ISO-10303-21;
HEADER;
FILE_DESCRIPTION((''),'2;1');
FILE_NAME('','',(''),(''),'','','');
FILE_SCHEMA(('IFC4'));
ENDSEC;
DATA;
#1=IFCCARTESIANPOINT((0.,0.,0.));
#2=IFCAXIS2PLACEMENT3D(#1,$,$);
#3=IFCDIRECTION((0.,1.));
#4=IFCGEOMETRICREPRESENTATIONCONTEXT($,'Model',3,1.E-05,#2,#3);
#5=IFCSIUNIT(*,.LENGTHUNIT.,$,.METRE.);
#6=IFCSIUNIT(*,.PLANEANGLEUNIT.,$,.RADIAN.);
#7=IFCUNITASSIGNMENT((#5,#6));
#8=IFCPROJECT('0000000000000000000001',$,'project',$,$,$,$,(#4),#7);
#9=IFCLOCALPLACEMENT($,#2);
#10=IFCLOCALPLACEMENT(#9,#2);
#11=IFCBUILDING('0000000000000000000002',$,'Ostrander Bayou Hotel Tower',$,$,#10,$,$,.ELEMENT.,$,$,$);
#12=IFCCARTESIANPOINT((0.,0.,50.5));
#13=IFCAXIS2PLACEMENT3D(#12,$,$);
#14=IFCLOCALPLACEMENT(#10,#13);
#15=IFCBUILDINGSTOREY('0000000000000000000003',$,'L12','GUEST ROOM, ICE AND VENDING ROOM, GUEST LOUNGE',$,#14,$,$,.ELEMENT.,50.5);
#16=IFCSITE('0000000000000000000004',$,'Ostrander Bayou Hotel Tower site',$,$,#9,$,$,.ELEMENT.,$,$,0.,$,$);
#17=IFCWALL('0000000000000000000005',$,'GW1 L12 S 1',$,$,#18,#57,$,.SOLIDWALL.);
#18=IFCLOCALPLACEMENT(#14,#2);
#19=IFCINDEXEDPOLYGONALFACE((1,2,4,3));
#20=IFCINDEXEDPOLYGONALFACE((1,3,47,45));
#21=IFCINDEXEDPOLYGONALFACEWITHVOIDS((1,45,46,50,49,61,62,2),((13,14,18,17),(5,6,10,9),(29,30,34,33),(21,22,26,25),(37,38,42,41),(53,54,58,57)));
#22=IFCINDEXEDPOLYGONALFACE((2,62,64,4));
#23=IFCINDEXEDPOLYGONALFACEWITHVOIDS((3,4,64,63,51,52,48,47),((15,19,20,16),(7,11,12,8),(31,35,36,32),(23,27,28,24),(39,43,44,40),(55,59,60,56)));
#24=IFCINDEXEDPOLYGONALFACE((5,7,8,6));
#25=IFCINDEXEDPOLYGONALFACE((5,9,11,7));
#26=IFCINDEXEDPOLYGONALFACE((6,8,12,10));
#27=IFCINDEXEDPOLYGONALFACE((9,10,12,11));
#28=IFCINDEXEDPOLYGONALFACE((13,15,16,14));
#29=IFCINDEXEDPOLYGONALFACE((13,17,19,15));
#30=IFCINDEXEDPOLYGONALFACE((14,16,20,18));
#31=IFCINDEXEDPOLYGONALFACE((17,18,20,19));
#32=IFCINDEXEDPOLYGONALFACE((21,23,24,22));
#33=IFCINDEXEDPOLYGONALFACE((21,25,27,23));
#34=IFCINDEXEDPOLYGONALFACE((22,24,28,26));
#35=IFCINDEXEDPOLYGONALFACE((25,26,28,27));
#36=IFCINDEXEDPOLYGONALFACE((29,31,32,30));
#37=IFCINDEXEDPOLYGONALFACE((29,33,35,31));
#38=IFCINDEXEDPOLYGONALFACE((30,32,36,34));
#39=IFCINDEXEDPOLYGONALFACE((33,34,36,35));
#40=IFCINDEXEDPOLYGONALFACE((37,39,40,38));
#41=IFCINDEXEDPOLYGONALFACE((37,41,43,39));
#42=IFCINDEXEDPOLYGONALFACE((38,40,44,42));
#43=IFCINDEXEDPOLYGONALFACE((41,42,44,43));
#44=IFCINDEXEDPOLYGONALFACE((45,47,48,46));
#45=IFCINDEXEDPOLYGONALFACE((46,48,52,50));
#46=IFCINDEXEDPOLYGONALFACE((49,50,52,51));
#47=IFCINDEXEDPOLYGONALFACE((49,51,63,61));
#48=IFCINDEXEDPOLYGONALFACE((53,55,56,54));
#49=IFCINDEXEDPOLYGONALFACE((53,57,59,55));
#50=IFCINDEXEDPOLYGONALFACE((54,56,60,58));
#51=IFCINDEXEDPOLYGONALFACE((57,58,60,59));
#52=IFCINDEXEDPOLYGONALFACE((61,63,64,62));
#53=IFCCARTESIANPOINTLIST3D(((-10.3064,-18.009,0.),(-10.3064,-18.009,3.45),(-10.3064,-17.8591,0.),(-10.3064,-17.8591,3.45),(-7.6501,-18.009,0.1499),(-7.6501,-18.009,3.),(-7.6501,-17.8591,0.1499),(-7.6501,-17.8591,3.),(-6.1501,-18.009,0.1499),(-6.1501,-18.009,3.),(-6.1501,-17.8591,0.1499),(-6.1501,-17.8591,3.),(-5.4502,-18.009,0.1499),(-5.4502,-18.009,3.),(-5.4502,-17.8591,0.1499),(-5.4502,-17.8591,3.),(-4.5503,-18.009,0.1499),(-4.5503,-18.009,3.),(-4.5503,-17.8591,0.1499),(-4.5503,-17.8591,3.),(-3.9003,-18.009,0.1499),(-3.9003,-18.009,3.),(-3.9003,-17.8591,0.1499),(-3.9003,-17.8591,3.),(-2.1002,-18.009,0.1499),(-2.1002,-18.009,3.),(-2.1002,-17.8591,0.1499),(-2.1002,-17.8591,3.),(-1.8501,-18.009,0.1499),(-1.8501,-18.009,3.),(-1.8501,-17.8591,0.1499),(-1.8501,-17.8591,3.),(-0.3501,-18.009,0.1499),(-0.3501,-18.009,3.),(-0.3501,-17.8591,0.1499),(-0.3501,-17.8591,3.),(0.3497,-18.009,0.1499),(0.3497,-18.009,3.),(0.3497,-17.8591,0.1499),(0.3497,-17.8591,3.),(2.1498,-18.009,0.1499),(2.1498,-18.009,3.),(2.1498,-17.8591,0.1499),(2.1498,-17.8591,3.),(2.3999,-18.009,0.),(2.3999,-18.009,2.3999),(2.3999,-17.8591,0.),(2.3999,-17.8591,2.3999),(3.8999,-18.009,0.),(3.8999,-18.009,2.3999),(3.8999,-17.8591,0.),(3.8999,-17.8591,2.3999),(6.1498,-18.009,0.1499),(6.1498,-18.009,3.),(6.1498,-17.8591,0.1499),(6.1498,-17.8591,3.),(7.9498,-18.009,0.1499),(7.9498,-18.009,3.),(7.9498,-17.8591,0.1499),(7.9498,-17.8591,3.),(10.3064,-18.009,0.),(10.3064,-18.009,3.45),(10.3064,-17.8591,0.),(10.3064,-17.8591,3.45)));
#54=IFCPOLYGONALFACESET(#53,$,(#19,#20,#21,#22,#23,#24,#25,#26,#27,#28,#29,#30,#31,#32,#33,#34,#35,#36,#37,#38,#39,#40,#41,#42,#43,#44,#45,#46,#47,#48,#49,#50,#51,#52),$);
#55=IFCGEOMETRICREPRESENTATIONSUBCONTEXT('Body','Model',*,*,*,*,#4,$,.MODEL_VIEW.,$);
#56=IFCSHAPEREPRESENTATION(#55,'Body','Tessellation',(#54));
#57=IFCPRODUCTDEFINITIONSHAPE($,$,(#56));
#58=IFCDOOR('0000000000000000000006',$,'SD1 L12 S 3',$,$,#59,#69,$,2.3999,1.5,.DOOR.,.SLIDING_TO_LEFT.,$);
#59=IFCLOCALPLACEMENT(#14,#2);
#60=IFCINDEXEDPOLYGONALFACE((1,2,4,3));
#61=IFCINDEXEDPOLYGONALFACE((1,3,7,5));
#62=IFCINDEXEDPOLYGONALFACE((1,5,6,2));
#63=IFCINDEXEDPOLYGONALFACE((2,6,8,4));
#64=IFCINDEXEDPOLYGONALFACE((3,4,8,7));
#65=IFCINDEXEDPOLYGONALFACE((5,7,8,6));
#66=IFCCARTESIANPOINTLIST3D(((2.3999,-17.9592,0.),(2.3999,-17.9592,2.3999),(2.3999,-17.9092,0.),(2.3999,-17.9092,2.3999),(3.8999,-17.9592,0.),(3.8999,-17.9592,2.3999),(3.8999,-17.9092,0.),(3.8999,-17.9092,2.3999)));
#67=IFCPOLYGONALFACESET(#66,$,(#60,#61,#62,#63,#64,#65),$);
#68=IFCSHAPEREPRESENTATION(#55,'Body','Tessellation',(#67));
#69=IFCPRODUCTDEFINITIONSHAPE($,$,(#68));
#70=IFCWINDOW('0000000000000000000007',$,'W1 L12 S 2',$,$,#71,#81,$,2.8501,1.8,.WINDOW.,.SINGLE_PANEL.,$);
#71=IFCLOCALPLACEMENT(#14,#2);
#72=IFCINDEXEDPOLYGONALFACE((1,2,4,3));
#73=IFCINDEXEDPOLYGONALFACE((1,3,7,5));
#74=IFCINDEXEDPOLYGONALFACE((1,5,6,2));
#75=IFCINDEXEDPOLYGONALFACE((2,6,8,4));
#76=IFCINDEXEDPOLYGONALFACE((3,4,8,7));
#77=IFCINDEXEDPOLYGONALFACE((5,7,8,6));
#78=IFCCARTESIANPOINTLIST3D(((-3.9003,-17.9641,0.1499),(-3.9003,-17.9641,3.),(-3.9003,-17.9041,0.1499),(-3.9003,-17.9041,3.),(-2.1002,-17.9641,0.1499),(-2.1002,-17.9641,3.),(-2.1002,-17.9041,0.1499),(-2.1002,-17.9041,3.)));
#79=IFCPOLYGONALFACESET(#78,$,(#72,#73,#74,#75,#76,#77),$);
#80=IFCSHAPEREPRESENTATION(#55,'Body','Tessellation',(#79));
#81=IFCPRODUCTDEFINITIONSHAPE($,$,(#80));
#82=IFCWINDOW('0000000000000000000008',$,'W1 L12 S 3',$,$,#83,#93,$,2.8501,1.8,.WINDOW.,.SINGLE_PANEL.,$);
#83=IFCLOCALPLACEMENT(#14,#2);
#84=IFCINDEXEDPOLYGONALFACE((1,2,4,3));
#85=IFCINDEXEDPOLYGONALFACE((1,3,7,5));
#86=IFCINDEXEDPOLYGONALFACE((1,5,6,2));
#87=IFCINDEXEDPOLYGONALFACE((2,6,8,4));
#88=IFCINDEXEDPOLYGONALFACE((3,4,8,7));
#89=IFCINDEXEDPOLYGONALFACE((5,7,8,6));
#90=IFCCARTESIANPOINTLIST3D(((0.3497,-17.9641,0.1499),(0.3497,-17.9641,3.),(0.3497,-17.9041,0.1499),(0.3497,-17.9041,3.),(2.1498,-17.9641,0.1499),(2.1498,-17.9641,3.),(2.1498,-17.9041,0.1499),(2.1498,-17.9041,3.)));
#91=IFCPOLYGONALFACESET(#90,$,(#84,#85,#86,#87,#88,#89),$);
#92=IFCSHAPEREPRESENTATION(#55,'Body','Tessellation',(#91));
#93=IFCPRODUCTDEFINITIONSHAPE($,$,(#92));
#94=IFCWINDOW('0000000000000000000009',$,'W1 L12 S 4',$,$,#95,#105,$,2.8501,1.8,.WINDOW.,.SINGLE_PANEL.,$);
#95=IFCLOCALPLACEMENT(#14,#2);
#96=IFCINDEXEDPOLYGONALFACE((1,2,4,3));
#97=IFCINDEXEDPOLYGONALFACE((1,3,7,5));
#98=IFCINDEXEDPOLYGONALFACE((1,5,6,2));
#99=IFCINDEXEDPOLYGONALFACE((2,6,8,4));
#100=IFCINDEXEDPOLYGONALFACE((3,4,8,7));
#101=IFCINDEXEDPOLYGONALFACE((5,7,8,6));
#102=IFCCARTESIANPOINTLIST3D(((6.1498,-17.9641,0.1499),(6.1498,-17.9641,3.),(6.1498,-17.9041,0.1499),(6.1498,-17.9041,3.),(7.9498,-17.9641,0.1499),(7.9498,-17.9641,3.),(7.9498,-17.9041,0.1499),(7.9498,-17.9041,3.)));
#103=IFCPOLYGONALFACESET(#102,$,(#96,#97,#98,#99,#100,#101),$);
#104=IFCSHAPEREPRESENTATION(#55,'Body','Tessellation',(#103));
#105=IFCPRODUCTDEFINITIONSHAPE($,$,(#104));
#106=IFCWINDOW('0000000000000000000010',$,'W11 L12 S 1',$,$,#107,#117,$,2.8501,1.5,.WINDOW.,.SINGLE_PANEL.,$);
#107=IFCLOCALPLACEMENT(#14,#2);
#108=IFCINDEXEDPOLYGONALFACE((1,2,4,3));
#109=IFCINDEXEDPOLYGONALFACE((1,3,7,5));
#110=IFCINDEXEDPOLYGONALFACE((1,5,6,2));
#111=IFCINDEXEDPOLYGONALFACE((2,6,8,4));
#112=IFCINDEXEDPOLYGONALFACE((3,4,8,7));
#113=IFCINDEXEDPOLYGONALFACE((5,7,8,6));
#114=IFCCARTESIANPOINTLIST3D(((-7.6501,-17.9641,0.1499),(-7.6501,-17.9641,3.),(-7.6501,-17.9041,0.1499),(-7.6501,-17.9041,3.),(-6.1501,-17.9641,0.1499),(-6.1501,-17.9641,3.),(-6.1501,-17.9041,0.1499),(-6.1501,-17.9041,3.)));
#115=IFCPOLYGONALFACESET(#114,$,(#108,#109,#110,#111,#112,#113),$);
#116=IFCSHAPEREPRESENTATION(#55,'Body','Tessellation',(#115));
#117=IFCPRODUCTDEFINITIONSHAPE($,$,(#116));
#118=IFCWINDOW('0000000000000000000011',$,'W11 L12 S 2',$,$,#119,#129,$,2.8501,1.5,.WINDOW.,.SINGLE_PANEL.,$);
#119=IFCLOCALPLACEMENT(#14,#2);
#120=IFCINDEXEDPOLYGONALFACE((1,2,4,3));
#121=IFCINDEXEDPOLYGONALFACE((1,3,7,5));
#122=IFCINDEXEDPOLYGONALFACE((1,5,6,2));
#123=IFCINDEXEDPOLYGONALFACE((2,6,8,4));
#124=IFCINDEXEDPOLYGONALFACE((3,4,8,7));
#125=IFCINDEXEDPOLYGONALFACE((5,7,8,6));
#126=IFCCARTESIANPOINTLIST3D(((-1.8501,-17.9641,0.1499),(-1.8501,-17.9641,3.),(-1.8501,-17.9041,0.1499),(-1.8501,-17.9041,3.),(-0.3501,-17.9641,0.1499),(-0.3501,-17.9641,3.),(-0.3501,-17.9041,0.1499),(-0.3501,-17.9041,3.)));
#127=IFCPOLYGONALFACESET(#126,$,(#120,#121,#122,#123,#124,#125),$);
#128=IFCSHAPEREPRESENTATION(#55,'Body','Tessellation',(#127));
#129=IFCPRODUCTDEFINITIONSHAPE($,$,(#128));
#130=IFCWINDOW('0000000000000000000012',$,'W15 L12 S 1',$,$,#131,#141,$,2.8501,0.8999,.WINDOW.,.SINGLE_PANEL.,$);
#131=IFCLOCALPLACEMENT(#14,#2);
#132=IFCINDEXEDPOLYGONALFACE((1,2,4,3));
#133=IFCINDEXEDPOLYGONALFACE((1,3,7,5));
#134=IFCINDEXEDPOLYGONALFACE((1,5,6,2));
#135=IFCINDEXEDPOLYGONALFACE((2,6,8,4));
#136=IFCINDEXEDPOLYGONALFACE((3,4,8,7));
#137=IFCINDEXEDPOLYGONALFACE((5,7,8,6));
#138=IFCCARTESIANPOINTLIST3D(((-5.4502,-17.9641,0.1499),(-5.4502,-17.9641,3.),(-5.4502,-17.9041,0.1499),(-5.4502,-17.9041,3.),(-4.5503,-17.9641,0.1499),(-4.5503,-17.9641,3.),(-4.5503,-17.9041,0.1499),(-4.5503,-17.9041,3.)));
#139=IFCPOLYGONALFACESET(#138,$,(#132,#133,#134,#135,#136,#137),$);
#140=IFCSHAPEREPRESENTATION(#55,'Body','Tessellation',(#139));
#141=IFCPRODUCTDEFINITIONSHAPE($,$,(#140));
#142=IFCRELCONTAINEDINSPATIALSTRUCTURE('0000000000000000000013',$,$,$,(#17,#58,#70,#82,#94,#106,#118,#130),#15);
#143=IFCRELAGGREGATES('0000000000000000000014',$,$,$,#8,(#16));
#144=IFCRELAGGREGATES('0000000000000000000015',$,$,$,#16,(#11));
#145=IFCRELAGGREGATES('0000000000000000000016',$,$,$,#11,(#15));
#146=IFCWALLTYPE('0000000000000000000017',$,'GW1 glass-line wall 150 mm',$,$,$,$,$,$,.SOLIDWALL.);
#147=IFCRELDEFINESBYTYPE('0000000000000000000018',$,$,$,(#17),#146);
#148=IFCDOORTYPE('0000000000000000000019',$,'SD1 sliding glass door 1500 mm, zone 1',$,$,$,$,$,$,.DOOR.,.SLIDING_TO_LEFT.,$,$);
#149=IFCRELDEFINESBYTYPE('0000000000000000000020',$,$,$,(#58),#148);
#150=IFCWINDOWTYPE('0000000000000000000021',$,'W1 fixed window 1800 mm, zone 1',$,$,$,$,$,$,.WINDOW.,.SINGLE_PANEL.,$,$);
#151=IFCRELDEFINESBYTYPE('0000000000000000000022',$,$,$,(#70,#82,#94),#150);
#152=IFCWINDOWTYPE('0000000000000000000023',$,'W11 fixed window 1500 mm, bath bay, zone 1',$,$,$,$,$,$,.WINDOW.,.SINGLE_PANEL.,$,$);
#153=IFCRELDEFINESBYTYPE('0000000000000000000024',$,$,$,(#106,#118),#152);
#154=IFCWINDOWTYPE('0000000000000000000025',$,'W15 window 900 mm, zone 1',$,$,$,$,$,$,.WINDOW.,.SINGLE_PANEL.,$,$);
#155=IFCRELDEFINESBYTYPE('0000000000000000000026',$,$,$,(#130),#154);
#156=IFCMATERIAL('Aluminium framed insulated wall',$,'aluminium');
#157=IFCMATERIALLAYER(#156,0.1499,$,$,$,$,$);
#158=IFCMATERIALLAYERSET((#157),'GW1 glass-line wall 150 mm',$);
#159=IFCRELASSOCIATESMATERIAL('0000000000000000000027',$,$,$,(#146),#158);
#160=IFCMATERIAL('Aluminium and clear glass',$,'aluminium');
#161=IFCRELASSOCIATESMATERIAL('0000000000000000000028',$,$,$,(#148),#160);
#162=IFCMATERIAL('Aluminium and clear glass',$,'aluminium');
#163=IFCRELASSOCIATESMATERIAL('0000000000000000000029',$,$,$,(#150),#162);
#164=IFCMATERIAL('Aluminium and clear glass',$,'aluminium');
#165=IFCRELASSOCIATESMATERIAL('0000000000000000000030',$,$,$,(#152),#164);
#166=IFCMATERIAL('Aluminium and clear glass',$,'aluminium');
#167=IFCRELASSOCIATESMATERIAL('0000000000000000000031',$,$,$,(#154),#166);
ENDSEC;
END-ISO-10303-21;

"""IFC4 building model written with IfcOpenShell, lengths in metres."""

from ifc_helpers import new_model, si_unit, direction, frame, frame_2d, origin, place, context, subcontext, project, spatial, rectangle, extrude, material, layer, layer_set, type_object, element, fill, save


model = new_model("IFC4")

# Units and contexts
model_context = context("Model", 3, precision=1e-05, world=origin(), true_north=direction((0.0, 1.0)))
body_context = subcontext(model_context, "Body", "Model", "MODEL_VIEW")
ifc_project = project(units=[si_unit("LENGTHUNIT", "METRE"), si_unit("PLANEANGLEUNIT", "RADIAN")], contexts=[model_context])

# Site, building, storey
site_placement = place(None, origin())
site = spatial("IfcSite", under=ifc_project, at=site_placement, Name="Ostrander Bayou Hotel Tower site", CompositionType="ELEMENT", RefElevation=0.0)
building_placement = place(site_placement, origin())
building = spatial("IfcBuilding", under=site, at=building_placement, Name="Ostrander Bayou Hotel Tower", CompositionType="ELEMENT")
storey_placement = place(building_placement, frame((0.0, 0.0, 50.5)))
storey = spatial("IfcBuildingStorey", under=building, at=storey_placement, Name="L12", Description="GUEST ROOM, ICE AND VENDING ROOM, GUEST LOUNGE", CompositionType="ELEMENT", Elevation=50.5)

# Wall, openings, door, windows
ifc_material_1 = material(Name="Aluminium framed insulated wall", Category="aluminium")
ifc_layer_1 = layer(ifc_material_1, 0.1499)
ifc_layer_set_1 = layer_set([ifc_layer_1], Name="GW1 glass-line wall 150 mm")
wall_type_1 = type_object("IfcWallType", Name="GW1 glass-line wall 150 mm", PredefinedType="SOLIDWALL", material=ifc_layer_set_1)
wall_1_placement = place(storey_placement, frame((-10.3064, -17.9341, 0.0), z_axis=(0.0, 0.0, 1.0), x_axis=(1.0, 0.0, 0.0)))
wall_1 = element("IfcWall", 1, at=wall_1_placement, inside=storey, type_object=wall_type_1, Name="GW1 L12 S 1", PredefinedType="SOLIDWALL", context=body_context, shape_type="SweptSolid", body=[
    extrude(rectangle(XDim=20.6128, YDim=0.1499, at=frame_2d((10.3064, 0.0))), origin(), (0.0, 0.0, 1.0), 3.45),
])
opening_1_placement = place(wall_1_placement, frame((4.8562, 0.0, 0.1499)))
opening_1 = element("IfcOpeningElement", 2, at=opening_1_placement, cuts=wall_1, PredefinedType="OPENING", context=body_context, shape_type="SweptSolid", body=[
    extrude(rectangle(XDim=0.8999, YDim=2.8501, at=frame_2d((0.45, 1.425))), frame((0.0, 0.075, 0.0), z_axis=(0.0, -1.0, 0.0), x_axis=(1.0, 0.0, 0.0)), (0.0, 0.0, 1.0), 0.1499),
])
opening_2_placement = place(wall_1_placement, frame((2.6562, 0.0, 0.1499)))
opening_2 = element("IfcOpeningElement", 3, at=opening_2_placement, cuts=wall_1, PredefinedType="OPENING", context=body_context, shape_type="SweptSolid", body=[
    extrude(rectangle(XDim=1.5, YDim=2.8501, at=frame_2d((0.75, 1.425))), frame((0.0, 0.075, 0.0), z_axis=(0.0, -1.0, 0.0), x_axis=(1.0, 0.0, 0.0)), (0.0, 0.0, 1.0), 0.1499),
])
opening_3_placement = place(wall_1_placement, frame((6.4062, 0.0, 0.1499)))
opening_3 = element("IfcOpeningElement", 4, at=opening_3_placement, cuts=wall_1, PredefinedType="OPENING", context=body_context, shape_type="SweptSolid", body=[
    extrude(rectangle(XDim=1.8, YDim=2.8501, at=frame_2d((0.8999, 1.425))), frame((0.0, 0.075, 0.0), z_axis=(0.0, -1.0, 0.0), x_axis=(1.0, 0.0, 0.0)), (0.0, 0.0, 1.0), 0.1499),
])
opening_4_placement = place(wall_1_placement, frame((8.4563, 0.0, 0.1499)))
opening_4 = element("IfcOpeningElement", 5, at=opening_4_placement, cuts=wall_1, PredefinedType="OPENING", context=body_context, shape_type="SweptSolid", body=[
    extrude(rectangle(XDim=1.5, YDim=2.8501, at=frame_2d((0.75, 1.425))), frame((0.0, 0.075, 0.0), z_axis=(0.0, -1.0, 0.0), x_axis=(1.0, 0.0, 0.0)), (0.0, 0.0, 1.0), 0.1499),
])
opening_5_placement = place(wall_1_placement, frame((10.6562, 0.0, 0.1499)))
opening_5 = element("IfcOpeningElement", 6, at=opening_5_placement, cuts=wall_1, PredefinedType="OPENING", context=body_context, shape_type="SweptSolid", body=[
    extrude(rectangle(XDim=1.8, YDim=2.8501, at=frame_2d((0.8999, 1.425))), frame((0.0, 0.075, 0.0), z_axis=(0.0, -1.0, 0.0), x_axis=(1.0, 0.0, 0.0)), (0.0, 0.0, 1.0), 0.1499),
])
opening_6_placement = place(wall_1_placement, frame((12.7063, 0.0, 0.0)))
opening_6 = element("IfcOpeningElement", 7, at=opening_6_placement, cuts=wall_1, PredefinedType="OPENING", context=body_context, shape_type="SweptSolid", body=[
    extrude(rectangle(XDim=1.5, YDim=2.3999, at=frame_2d((0.75, 1.2))), frame((0.0, 0.075, 0.0), z_axis=(0.0, -1.0, 0.0), x_axis=(1.0, 0.0, 0.0)), (0.0, 0.0, 1.0), 0.1499),
])
opening_7_placement = place(wall_1_placement, frame((16.4563, 0.0, 0.1499)))
opening_7 = element("IfcOpeningElement", 8, at=opening_7_placement, cuts=wall_1, PredefinedType="OPENING", context=body_context, shape_type="SweptSolid", body=[
    extrude(rectangle(XDim=1.8, YDim=2.8501, at=frame_2d((0.8999, 1.425))), frame((0.0, 0.075, 0.0), z_axis=(0.0, -1.0, 0.0), x_axis=(1.0, 0.0, 0.0)), (0.0, 0.0, 1.0), 0.1499),
])
ifc_material_2 = material(Name="Aluminium and clear glass", Category="aluminium")
door_type = type_object("IfcDoorType", Name="SD1 sliding glass door 1500 mm, zone 1", OperationType="SLIDING_TO_LEFT", PredefinedType="DOOR", material=ifc_material_2)
door_placement = place(opening_6_placement, origin())
door = element("IfcDoor", 9, at=door_placement, inside=storey, type_object=door_type, Name="SD1 L12 S 3", OperationType="SLIDING_TO_LEFT", OverallHeight=2.3999, OverallWidth=1.5, PredefinedType="DOOR", context=body_context, shape_type="SweptSolid", body=[
    extrude(rectangle(XDim=1.5, YDim=2.3999, at=frame_2d((0.75, 1.2))), frame((0.0, 0.0249, 0.0), z_axis=(0.0, -1.0, 0.0), x_axis=(1.0, 0.0, 0.0)), (0.0, 0.0, 1.0), 0.05),
])
fill(opening_6, door)
ifc_material_3 = material(Name="Aluminium and clear glass", Category="aluminium")
window_type_1 = type_object("IfcWindowType", Name="W1 fixed window 1800 mm, zone 1", PartitioningType="SINGLE_PANEL", PredefinedType="WINDOW", material=ifc_material_3)
window_1_placement = place(opening_3_placement, origin())
window_1 = element("IfcWindow", 10, at=window_1_placement, inside=storey, type_object=window_type_1, Name="W1 L12 S 2", OverallHeight=2.8501, OverallWidth=1.8, PartitioningType="SINGLE_PANEL", PredefinedType="WINDOW", context=body_context, shape_type="SweptSolid", body=[
    extrude(rectangle(XDim=1.8, YDim=2.8501, at=frame_2d((0.8999, 1.425))), frame((0.0, 0.03, 0.0), z_axis=(0.0, -1.0, 0.0), x_axis=(1.0, 0.0, 0.0)), (0.0, 0.0, 1.0), 0.0601),
])
fill(opening_3, window_1)
window_2_placement = place(opening_5_placement, origin())
window_2 = element("IfcWindow", 11, at=window_2_placement, inside=storey, type_object=window_type_1, Name="W1 L12 S 3", OverallHeight=2.8501, OverallWidth=1.8, PartitioningType="SINGLE_PANEL", PredefinedType="WINDOW", context=body_context, shape_type="SweptSolid", body=[
    extrude(rectangle(XDim=1.8, YDim=2.8501, at=frame_2d((0.8999, 1.425))), frame((0.0, 0.03, 0.0), z_axis=(0.0, -1.0, 0.0), x_axis=(1.0, 0.0, 0.0)), (0.0, 0.0, 1.0), 0.0601),
])
fill(opening_5, window_2)
window_3_placement = place(opening_7_placement, origin())
window_3 = element("IfcWindow", 12, at=window_3_placement, inside=storey, type_object=window_type_1, Name="W1 L12 S 4", OverallHeight=2.8501, OverallWidth=1.8, PartitioningType="SINGLE_PANEL", PredefinedType="WINDOW", context=body_context, shape_type="SweptSolid", body=[
    extrude(rectangle(XDim=1.8, YDim=2.8501, at=frame_2d((0.8999, 1.425))), frame((0.0, 0.03, 0.0), z_axis=(0.0, -1.0, 0.0), x_axis=(1.0, 0.0, 0.0)), (0.0, 0.0, 1.0), 0.0601),
])
fill(opening_7, window_3)
ifc_material_4 = material(Name="Aluminium and clear glass", Category="aluminium")
window_type_2 = type_object("IfcWindowType", Name="W11 fixed window 1500 mm, bath bay, zone 1", PartitioningType="SINGLE_PANEL", PredefinedType="WINDOW", material=ifc_material_4)
window_4_placement = place(opening_2_placement, origin())
window_4 = element("IfcWindow", 13, at=window_4_placement, inside=storey, type_object=window_type_2, Name="W11 L12 S 1", OverallHeight=2.8501, OverallWidth=1.5, PartitioningType="SINGLE_PANEL", PredefinedType="WINDOW", context=body_context, shape_type="SweptSolid", body=[
    extrude(rectangle(XDim=1.5, YDim=2.8501, at=frame_2d((0.75, 1.425))), frame((0.0, 0.03, 0.0), z_axis=(0.0, -1.0, 0.0), x_axis=(1.0, 0.0, 0.0)), (0.0, 0.0, 1.0), 0.0601),
])
fill(opening_2, window_4)
window_5_placement = place(opening_4_placement, origin())
window_5 = element("IfcWindow", 14, at=window_5_placement, inside=storey, type_object=window_type_2, Name="W11 L12 S 2", OverallHeight=2.8501, OverallWidth=1.5, PartitioningType="SINGLE_PANEL", PredefinedType="WINDOW", context=body_context, shape_type="SweptSolid", body=[
    extrude(rectangle(XDim=1.5, YDim=2.8501, at=frame_2d((0.75, 1.425))), frame((0.0, 0.03, 0.0), z_axis=(0.0, -1.0, 0.0), x_axis=(1.0, 0.0, 0.0)), (0.0, 0.0, 1.0), 0.0601),
])
fill(opening_4, window_5)
ifc_material_5 = material(Name="Aluminium and clear glass", Category="aluminium")
window_type_3 = type_object("IfcWindowType", Name="W15 window 900 mm, zone 1", PartitioningType="SINGLE_PANEL", PredefinedType="WINDOW", material=ifc_material_5)
window_6_placement = place(opening_1_placement, origin())
window_6 = element("IfcWindow", 15, at=window_6_placement, inside=storey, type_object=window_type_3, Name="W15 L12 S 1", OverallHeight=2.8501, OverallWidth=0.8999, PartitioningType="SINGLE_PANEL", PredefinedType="WINDOW", context=body_context, shape_type="SweptSolid", body=[
    extrude(rectangle(XDim=0.8999, YDim=2.8501, at=frame_2d((0.45, 1.425))), frame((0.0, 0.03, 0.0), z_axis=(0.0, -1.0, 0.0), x_axis=(1.0, 0.0, 0.0)), (0.0, 0.0, 1.0), 0.0601),
])
fill(opening_1, window_6)

save(model, "model.ifc")
